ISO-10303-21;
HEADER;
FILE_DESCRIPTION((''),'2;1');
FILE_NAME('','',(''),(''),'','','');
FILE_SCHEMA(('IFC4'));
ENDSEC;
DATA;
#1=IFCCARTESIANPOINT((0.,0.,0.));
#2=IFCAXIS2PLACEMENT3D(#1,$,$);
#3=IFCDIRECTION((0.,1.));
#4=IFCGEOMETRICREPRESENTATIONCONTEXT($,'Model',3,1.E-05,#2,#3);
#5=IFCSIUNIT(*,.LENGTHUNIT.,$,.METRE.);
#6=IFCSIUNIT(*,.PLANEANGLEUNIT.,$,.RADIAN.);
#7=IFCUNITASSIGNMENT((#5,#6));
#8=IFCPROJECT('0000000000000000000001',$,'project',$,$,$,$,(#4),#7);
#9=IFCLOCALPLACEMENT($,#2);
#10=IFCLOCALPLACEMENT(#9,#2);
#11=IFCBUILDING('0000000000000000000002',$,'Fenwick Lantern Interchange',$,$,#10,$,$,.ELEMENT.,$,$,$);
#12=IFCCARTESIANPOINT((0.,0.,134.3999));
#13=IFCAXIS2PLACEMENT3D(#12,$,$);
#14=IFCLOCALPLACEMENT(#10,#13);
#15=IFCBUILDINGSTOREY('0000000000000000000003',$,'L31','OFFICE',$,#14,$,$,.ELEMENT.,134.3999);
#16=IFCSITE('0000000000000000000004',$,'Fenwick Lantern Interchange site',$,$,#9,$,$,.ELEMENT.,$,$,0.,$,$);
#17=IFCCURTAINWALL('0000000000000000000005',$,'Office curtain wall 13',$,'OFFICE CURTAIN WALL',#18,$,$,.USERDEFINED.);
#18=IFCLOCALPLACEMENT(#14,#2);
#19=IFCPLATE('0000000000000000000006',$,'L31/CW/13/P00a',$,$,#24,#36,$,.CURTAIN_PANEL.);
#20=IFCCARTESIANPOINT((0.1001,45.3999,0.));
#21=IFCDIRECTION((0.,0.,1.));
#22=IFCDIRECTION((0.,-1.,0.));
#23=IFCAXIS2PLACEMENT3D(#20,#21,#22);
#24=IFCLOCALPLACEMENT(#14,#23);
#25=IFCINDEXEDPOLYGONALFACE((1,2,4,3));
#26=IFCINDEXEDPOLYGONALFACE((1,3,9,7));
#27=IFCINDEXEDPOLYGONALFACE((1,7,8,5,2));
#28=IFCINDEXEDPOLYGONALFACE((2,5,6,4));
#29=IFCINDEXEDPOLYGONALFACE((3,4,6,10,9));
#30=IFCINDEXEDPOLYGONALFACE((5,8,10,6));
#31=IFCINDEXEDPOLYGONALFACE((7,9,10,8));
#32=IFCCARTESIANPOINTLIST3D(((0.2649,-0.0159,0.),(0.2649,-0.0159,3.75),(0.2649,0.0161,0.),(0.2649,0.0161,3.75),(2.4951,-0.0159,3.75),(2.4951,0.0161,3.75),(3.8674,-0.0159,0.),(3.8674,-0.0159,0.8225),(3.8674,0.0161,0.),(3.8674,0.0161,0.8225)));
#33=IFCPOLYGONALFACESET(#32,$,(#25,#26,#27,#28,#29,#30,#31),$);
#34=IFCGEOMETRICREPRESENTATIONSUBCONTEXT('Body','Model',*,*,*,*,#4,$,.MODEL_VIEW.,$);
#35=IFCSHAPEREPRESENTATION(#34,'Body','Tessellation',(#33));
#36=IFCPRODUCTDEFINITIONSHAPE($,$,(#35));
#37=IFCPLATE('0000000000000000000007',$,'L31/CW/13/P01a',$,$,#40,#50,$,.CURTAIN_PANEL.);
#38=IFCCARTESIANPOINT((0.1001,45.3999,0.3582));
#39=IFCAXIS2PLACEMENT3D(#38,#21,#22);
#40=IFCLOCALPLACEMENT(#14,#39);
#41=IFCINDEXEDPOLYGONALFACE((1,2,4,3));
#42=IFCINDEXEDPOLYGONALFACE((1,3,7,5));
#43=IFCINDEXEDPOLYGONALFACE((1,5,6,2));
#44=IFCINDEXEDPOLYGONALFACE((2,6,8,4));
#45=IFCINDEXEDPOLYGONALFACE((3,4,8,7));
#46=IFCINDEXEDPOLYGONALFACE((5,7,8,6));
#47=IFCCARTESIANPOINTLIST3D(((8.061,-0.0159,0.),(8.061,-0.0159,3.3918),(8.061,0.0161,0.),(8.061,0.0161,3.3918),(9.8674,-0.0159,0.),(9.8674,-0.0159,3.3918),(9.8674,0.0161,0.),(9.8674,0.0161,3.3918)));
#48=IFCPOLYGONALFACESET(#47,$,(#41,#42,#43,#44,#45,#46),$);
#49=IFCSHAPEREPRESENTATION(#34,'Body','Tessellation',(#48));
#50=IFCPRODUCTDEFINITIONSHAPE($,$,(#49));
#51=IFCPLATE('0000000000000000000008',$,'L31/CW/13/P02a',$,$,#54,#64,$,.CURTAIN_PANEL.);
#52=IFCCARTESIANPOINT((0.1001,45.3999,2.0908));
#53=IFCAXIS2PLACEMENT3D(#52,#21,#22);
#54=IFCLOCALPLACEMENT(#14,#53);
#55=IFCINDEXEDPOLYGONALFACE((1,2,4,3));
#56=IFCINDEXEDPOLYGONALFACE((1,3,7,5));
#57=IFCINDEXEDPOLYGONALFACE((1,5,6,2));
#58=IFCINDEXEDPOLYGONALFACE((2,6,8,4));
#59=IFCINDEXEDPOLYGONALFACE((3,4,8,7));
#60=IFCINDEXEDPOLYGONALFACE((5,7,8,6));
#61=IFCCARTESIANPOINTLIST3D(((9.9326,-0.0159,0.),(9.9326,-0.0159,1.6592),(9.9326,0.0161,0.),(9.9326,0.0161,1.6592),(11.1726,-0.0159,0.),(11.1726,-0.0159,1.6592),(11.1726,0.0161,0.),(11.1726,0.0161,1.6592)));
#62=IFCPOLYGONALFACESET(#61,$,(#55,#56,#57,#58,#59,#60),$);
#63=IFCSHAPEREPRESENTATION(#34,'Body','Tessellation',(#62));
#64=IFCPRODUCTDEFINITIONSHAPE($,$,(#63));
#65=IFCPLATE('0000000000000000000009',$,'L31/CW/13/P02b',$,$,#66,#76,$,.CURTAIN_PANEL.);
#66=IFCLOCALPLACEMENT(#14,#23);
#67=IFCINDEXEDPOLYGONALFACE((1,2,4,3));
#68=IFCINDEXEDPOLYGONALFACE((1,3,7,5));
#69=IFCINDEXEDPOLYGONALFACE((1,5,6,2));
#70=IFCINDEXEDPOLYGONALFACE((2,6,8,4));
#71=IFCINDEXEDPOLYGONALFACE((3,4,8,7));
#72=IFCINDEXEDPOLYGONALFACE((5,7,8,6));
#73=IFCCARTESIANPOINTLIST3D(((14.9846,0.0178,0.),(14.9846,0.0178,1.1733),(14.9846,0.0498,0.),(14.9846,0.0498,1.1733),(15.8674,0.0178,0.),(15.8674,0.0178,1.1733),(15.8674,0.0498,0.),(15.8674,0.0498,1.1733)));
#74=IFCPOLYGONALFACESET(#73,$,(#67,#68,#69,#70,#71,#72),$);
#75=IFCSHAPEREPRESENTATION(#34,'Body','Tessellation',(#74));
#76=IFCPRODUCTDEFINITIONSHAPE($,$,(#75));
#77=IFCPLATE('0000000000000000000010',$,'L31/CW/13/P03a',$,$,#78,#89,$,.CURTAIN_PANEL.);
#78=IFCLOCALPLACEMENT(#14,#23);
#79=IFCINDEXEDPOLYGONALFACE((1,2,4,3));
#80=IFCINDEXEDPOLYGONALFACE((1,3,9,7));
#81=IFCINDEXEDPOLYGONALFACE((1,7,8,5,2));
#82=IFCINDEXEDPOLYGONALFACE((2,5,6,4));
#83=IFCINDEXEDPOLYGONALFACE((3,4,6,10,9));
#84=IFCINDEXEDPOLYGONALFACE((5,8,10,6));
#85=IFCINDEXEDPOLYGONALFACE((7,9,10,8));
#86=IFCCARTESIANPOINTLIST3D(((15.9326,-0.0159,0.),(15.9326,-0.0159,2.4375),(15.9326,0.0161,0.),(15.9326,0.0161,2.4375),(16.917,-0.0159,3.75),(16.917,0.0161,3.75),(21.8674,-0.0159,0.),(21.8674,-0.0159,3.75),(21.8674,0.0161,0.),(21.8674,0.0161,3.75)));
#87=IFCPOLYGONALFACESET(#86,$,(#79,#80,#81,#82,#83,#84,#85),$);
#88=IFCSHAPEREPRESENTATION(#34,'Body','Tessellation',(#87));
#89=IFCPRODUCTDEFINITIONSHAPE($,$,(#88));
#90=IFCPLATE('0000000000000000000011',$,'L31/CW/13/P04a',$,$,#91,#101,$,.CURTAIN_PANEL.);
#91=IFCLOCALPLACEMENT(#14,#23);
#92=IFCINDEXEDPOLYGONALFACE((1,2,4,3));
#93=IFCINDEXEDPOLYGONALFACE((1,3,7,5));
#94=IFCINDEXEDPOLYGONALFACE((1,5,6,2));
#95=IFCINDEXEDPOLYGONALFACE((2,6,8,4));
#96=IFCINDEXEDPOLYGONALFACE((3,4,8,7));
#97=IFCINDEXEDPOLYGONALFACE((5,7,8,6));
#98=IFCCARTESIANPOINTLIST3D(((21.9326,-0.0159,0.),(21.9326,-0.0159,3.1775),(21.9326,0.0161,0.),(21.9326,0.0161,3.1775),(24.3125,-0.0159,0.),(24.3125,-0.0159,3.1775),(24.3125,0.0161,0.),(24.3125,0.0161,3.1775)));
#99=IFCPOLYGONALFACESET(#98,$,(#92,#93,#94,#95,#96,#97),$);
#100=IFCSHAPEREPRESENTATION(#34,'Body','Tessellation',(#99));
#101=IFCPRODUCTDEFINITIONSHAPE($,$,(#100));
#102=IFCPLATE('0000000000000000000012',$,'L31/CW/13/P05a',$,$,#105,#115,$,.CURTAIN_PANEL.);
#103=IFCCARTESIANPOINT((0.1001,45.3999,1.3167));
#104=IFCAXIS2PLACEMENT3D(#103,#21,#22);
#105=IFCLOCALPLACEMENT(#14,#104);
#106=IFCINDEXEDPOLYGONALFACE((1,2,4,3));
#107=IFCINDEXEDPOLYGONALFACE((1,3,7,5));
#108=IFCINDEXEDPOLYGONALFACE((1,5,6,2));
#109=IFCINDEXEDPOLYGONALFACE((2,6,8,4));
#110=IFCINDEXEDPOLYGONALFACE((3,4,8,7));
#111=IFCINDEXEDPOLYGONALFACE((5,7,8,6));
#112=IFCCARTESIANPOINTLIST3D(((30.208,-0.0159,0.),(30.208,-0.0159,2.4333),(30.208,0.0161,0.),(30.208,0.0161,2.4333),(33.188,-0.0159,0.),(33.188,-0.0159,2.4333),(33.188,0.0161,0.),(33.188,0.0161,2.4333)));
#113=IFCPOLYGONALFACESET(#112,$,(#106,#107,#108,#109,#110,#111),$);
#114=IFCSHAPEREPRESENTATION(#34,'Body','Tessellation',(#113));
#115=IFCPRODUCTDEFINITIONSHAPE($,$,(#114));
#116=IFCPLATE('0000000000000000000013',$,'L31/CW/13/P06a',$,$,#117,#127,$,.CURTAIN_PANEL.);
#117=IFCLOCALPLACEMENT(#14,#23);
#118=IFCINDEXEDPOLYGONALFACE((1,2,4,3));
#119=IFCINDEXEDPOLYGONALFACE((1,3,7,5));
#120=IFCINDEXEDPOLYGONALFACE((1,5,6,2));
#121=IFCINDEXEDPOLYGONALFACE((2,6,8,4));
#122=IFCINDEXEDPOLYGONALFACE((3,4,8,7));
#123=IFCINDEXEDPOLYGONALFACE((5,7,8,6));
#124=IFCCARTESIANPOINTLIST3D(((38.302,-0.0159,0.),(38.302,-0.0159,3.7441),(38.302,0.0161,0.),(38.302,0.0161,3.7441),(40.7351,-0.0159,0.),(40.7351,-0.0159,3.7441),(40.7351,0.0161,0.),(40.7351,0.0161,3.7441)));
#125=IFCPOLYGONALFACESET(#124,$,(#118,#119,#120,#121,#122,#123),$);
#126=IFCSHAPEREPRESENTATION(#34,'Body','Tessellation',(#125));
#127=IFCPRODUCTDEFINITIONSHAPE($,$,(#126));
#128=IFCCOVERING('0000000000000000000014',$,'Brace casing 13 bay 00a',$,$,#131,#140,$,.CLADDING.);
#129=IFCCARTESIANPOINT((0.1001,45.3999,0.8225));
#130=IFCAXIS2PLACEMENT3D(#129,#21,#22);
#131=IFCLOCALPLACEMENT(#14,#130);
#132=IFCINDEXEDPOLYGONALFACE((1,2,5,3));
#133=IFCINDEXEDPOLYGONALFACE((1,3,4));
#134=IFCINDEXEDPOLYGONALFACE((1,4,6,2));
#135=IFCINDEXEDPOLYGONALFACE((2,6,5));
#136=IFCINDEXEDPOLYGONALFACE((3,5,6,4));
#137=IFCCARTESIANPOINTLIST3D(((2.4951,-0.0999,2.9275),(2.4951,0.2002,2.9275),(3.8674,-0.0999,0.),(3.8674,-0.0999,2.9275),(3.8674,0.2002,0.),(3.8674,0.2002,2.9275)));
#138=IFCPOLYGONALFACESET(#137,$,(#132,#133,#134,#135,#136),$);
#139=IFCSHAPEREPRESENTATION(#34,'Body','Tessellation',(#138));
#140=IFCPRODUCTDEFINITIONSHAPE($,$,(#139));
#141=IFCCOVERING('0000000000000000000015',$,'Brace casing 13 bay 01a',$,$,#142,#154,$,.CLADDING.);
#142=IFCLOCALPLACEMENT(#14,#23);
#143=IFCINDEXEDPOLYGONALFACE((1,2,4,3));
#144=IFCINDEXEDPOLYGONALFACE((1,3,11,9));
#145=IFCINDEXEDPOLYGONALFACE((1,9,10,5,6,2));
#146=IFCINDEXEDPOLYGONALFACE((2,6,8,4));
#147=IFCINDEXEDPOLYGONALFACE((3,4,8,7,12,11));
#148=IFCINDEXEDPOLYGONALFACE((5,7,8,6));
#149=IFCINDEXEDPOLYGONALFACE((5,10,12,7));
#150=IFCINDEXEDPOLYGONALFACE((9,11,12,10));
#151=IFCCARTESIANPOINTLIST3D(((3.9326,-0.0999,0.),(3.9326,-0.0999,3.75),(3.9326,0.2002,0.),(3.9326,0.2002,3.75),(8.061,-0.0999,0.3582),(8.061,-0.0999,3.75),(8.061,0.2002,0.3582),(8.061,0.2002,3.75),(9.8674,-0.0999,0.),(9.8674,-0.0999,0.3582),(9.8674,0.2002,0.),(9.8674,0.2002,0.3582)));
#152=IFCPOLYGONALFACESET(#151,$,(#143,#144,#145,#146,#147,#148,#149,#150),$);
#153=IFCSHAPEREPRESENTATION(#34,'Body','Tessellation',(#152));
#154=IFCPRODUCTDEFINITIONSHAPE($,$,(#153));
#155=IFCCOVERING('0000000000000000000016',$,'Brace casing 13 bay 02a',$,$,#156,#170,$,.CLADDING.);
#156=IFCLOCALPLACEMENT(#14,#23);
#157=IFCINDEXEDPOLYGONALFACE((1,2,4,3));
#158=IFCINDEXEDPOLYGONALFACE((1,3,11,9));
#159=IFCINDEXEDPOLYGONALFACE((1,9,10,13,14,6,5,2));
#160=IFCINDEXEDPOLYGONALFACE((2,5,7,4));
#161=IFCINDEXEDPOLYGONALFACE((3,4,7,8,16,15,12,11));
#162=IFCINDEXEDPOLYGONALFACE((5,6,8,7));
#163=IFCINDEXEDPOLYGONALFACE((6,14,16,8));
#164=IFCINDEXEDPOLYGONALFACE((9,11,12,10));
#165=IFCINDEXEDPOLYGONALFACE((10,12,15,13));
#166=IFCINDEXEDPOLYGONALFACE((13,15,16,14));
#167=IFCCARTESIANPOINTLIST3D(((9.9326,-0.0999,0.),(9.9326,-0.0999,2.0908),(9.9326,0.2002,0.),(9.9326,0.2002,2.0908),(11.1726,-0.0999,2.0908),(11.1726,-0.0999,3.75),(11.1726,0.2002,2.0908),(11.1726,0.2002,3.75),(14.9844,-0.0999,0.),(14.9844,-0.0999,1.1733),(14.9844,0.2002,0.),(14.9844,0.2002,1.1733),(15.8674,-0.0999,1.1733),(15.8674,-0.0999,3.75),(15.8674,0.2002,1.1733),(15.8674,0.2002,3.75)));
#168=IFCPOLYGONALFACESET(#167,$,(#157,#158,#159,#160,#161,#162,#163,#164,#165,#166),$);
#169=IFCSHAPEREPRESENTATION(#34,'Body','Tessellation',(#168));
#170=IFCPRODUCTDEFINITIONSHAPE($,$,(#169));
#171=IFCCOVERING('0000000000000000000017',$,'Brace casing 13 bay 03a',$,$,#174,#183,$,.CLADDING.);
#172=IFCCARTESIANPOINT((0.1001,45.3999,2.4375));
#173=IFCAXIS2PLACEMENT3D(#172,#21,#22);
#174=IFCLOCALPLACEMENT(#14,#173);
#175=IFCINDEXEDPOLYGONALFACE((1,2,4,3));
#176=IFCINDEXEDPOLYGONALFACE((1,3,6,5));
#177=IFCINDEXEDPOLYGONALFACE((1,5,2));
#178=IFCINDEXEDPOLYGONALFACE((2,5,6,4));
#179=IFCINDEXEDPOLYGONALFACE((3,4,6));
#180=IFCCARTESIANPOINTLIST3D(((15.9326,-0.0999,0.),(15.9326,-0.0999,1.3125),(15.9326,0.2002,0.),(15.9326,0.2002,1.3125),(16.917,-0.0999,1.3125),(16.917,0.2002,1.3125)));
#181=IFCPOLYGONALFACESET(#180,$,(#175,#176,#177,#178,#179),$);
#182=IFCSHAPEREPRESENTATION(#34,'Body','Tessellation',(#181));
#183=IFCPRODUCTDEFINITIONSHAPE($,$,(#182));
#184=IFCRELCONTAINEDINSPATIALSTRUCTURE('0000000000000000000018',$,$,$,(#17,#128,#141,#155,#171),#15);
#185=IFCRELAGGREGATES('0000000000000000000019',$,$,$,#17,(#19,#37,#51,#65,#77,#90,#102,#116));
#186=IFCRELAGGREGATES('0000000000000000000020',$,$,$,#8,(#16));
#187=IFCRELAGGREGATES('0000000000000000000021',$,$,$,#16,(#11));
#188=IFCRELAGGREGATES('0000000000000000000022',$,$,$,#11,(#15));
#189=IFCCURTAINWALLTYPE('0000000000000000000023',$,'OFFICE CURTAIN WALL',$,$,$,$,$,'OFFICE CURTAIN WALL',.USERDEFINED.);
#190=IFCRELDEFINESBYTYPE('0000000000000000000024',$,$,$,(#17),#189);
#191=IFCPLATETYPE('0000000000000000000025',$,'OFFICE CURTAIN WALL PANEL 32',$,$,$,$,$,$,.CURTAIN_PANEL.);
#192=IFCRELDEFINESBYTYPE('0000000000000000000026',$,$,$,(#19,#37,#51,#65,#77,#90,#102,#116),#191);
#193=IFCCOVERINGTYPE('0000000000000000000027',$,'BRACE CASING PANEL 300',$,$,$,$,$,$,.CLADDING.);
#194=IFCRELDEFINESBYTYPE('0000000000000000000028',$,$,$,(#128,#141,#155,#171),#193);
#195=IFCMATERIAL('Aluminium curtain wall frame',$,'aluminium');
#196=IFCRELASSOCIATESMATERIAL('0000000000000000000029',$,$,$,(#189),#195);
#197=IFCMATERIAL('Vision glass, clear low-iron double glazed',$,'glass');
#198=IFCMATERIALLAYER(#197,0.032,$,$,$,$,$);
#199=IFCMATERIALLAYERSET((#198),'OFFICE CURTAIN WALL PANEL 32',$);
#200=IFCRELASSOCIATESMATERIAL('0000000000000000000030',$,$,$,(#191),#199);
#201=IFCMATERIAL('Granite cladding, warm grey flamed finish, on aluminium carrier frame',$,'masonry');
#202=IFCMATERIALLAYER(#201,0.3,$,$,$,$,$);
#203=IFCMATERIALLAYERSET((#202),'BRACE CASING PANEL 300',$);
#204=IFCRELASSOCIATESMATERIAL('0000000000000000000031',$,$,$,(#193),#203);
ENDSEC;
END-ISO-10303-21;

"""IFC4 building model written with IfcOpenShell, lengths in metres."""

from ifc_helpers import new_model, si_unit, direction, frame, origin, place, context, subcontext, project, spatial, polyline, outline, extrude, material, layer, layer_set, type_object, element, aggregate, save


model = new_model("IFC4")

# Units and contexts
model_context = context("Model", 3, precision=1e-05, world=origin(), true_north=direction((0.0, 1.0)))
body_context = subcontext(model_context, "Body", "Model", "MODEL_VIEW")
ifc_project = project(units=[si_unit("LENGTHUNIT", "METRE"), si_unit("PLANEANGLEUNIT", "RADIAN")], contexts=[model_context])

# Site, building, storey
site_placement = place(None, origin())
site = spatial("IfcSite", under=ifc_project, at=site_placement, Name="Fenwick Lantern Interchange site", CompositionType="ELEMENT", RefElevation=0.0)
building_placement = place(site_placement, origin())
building = spatial("IfcBuilding", under=site, at=building_placement, Name="Fenwick Lantern Interchange", CompositionType="ELEMENT")
storey_placement = place(building_placement, frame((0.0, 0.0, 134.3999)))
storey = spatial("IfcBuildingStorey", under=building, at=storey_placement, Name="L31", Description="OFFICE", CompositionType="ELEMENT", Elevation=134.3999)

# Shared definitions
ifc_material_1 = material(Name="Aluminium curtain wall frame", Category="aluminium")
curtain_wall_type = type_object("IfcCurtainWallType", Name="OFFICE CURTAIN WALL", ElementType="OFFICE CURTAIN WALL", PredefinedType="USERDEFINED", material=ifc_material_1)

# Curtain wall
curtain_wall_1_placement = place(storey_placement, origin())
curtain_wall_1 = element("IfcCurtainWall", 1, at=curtain_wall_1_placement, inside=storey, type_object=curtain_wall_type, Name="Office curtain wall 13", ObjectType="OFFICE CURTAIN WALL", PredefinedType="USERDEFINED")

# Plates
ifc_material_2 = material(Name="Vision glass, clear low-iron double glazed", Category="glass")
ifc_layer_1 = layer(ifc_material_2, 0.032)
ifc_layer_set_1 = layer_set([ifc_layer_1], Name="OFFICE CURTAIN WALL PANEL 32")
plate_type = type_object("IfcPlateType", Name="OFFICE CURTAIN WALL PANEL 32", PredefinedType="CURTAIN_PANEL", material=ifc_layer_set_1)
plate_1_placement = place(storey_placement, frame((0.1001, 45.3999, 0.0), z_axis=(0.0, 0.0, 1.0), x_axis=(0.0, -1.0, 0.0)))
plate_1 = element("IfcPlate", 2, at=plate_1_placement, type_object=plate_type, Name="L31/CW/13/P00a", PredefinedType="CURTAIN_PANEL", context=body_context, shape_type="SweptSolid", body=[
    extrude(outline(polyline([(0.2649, 0.0), (3.8674, 0.0), (3.8674, 0.8225), (2.4951, 3.75), (0.2649, 3.75), (0.2649, 0.0)])), frame((0.0, 0.0161, 0.0), z_axis=(0.0, -1.0, 0.0), x_axis=(1.0, 0.0, 0.0)), (0.0, 0.0, 1.0), 0.032),
])
plate_2_placement = place(storey_placement, frame((0.1001, 45.3999, 0.3582), z_axis=(0.0, 0.0, 1.0), x_axis=(0.0, -1.0, 0.0)))
plate_2 = element("IfcPlate", 3, at=plate_2_placement, type_object=plate_type, Name="L31/CW/13/P01a", PredefinedType="CURTAIN_PANEL", context=body_context, shape_type="SweptSolid", body=[
    extrude(outline(polyline([(8.061, 0.0), (9.8674, 0.0), (9.8674, 3.3918), (8.061, 3.3918), (8.061, 0.0)])), frame((0.0, 0.0161, 0.0), z_axis=(0.0, -1.0, 0.0), x_axis=(1.0, 0.0, 0.0)), (0.0, 0.0, 1.0), 0.032),
])
plate_3_placement = place(storey_placement, frame((0.1001, 45.3999, 2.0908), z_axis=(0.0, 0.0, 1.0), x_axis=(0.0, -1.0, 0.0)))
plate_3 = element("IfcPlate", 4, at=plate_3_placement, type_object=plate_type, Name="L31/CW/13/P02a", PredefinedType="CURTAIN_PANEL", context=body_context, shape_type="SweptSolid", body=[
    extrude(outline(polyline([(9.9326, 0.0), (11.1726, 0.0), (11.1726, 1.6592), (9.9326, 1.6592), (9.9326, 0.0)])), frame((0.0, 0.0161, 0.0), z_axis=(0.0, -1.0, 0.0), x_axis=(1.0, 0.0, 0.0)), (0.0, 0.0, 1.0), 0.032),
])
plate_4_placement = place(storey_placement, frame((0.1001, 45.3999, 0.0), z_axis=(0.0, 0.0, 1.0), x_axis=(0.0, -1.0, 0.0)))
plate_4 = element("IfcPlate", 5, at=plate_4_placement, type_object=plate_type, Name="L31/CW/13/P02b", PredefinedType="CURTAIN_PANEL", context=body_context, shape_type="SweptSolid", body=[
    extrude(outline(polyline([(14.9846, 0.0), (15.8674, 0.0), (15.8674, 1.1733), (14.9846, 1.1733), (14.9846, 0.0)])), frame((0.0, 0.0498, 0.0), z_axis=(0.0, -1.0, 0.0), x_axis=(1.0, 0.0, 0.0)), (0.0, 0.0, 1.0), 0.032),
])
plate_5_placement = place(storey_placement, frame((0.1001, 45.3999, 0.0), z_axis=(0.0, 0.0, 1.0), x_axis=(0.0, -1.0, 0.0)))
plate_5 = element("IfcPlate", 6, at=plate_5_placement, type_object=plate_type, Name="L31/CW/13/P03a", PredefinedType="CURTAIN_PANEL", context=body_context, shape_type="SweptSolid", body=[
    extrude(outline(polyline([(15.9326, 0.0), (21.8674, 0.0), (21.8674, 3.75), (16.917, 3.75), (15.9326, 2.4375), (15.9326, 0.0)])), frame((0.0, 0.0161, 0.0), z_axis=(0.0, -1.0, 0.0), x_axis=(1.0, 0.0, 0.0)), (0.0, 0.0, 1.0), 0.032),
])
plate_6_placement = place(storey_placement, frame((0.1001, 45.3999, 0.0), z_axis=(0.0, 0.0, 1.0), x_axis=(0.0, -1.0, 0.0)))
plate_6 = element("IfcPlate", 7, at=plate_6_placement, type_object=plate_type, Name="L31/CW/13/P04a", PredefinedType="CURTAIN_PANEL", context=body_context, shape_type="SweptSolid", body=[
    extrude(outline(polyline([(21.9326, 0.0), (24.3125, 0.0), (24.3125, 3.1775), (21.9326, 3.1775), (21.9326, 0.0)])), frame((0.0, 0.0161, 0.0), z_axis=(0.0, -1.0, 0.0), x_axis=(1.0, 0.0, 0.0)), (0.0, 0.0, 1.0), 0.032),
])
plate_7_placement = place(storey_placement, frame((0.1001, 45.3999, 1.3167), z_axis=(0.0, 0.0, 1.0), x_axis=(0.0, -1.0, 0.0)))
plate_7 = element("IfcPlate", 8, at=plate_7_placement, type_object=plate_type, Name="L31/CW/13/P05a", PredefinedType="CURTAIN_PANEL", context=body_context, shape_type="SweptSolid", body=[
    extrude(outline(polyline([(30.208, 0.0), (33.188, 0.0), (33.188, 2.4333), (30.208, 2.4333), (30.208, 0.0)])), frame((0.0, 0.0161, 0.0), z_axis=(0.0, -1.0, 0.0), x_axis=(1.0, 0.0, 0.0)), (0.0, 0.0, 1.0), 0.032),
])
plate_8_placement = place(storey_placement, frame((0.1001, 45.3999, 0.0), z_axis=(0.0, 0.0, 1.0), x_axis=(0.0, -1.0, 0.0)))
plate_8 = element("IfcPlate", 9, at=plate_8_placement, type_object=plate_type, Name="L31/CW/13/P06a", PredefinedType="CURTAIN_PANEL", context=body_context, shape_type="SweptSolid", body=[
    extrude(outline(polyline([(38.302, 0.0), (40.7351, 0.0), (40.7351, 3.7441), (38.302, 3.7441), (38.302, 0.0)])), frame((0.0, 0.0161, 0.0), z_axis=(0.0, -1.0, 0.0), x_axis=(1.0, 0.0, 0.0)), (0.0, 0.0, 1.0), 0.032),
])
aggregate(curtain_wall_1, [plate_1, plate_2, plate_3, plate_4, plate_5, plate_6, plate_7, plate_8])

# Coverings
ifc_material_3 = material(Name="Granite cladding, warm grey flamed finish, on aluminium carrier frame", Category="masonry")
ifc_layer_2 = layer(ifc_material_3, 0.3)
ifc_layer_set_2 = layer_set([ifc_layer_2], Name="BRACE CASING PANEL 300")
covering_type = type_object("IfcCoveringType", Name="BRACE CASING PANEL 300", PredefinedType="CLADDING", material=ifc_layer_set_2)
covering_1_placement = place(storey_placement, frame((0.1001, 45.3999, 0.8225), z_axis=(0.0, 0.0, 1.0), x_axis=(0.0, -1.0, 0.0)))
element("IfcCovering", 10, at=covering_1_placement, inside=storey, type_object=covering_type, Name="Brace casing 13 bay 00a", PredefinedType="CLADDING", context=body_context, shape_type="SweptSolid", body=[
    extrude(outline(polyline([(3.8674, 0.0), (3.8674, 2.9275), (2.4951, 2.9275), (3.8674, 0.0)])), frame((0.0, 0.2002, 0.0), z_axis=(0.0, -1.0, 0.0), x_axis=(1.0, 0.0, 0.0)), (0.0, 0.0, 1.0), 0.3),
])
covering_2_placement = place(storey_placement, frame((0.1001, 45.3999, 0.0), z_axis=(0.0, 0.0, 1.0), x_axis=(0.0, -1.0, 0.0)))
element("IfcCovering", 11, at=covering_2_placement, inside=storey, type_object=covering_type, Name="Brace casing 13 bay 01a", PredefinedType="CLADDING", context=body_context, shape_type="SweptSolid", body=[
    extrude(outline(polyline([(3.9326, 0.0), (9.8674, 0.0), (9.8674, 0.3582), (8.061, 0.3582), (8.061, 3.75), (3.9326, 3.75), (3.9326, 0.0)])), frame((0.0, 0.2002, 0.0), z_axis=(0.0, -1.0, 0.0), x_axis=(1.0, 0.0, 0.0)), (0.0, 0.0, 1.0), 0.3),
])
covering_3_placement = place(storey_placement, frame((0.1001, 45.3999, 0.0), z_axis=(0.0, 0.0, 1.0), x_axis=(0.0, -1.0, 0.0)))
element("IfcCovering", 12, at=covering_3_placement, inside=storey, type_object=covering_type, Name="Brace casing 13 bay 02a", PredefinedType="CLADDING", context=body_context, shape_type="SweptSolid", body=[
    extrude(outline(polyline([(9.9326, 0.0), (14.9844, 0.0), (14.9844, 1.1733), (15.8674, 1.1733), (15.8674, 3.75), (11.1726, 3.75), (11.1726, 2.0908), (9.9326, 2.0908), (9.9326, 0.0)])), frame((0.0, 0.2002, 0.0), z_axis=(0.0, -1.0, 0.0), x_axis=(1.0, 0.0, 0.0)), (0.0, 0.0, 1.0), 0.3),
])
covering_4_placement = place(storey_placement, frame((0.1001, 45.3999, 2.4375), z_axis=(0.0, 0.0, 1.0), x_axis=(0.0, -1.0, 0.0)))
element("IfcCovering", 13, at=covering_4_placement, inside=storey, type_object=covering_type, Name="Brace casing 13 bay 03a", PredefinedType="CLADDING", context=body_context, shape_type="SweptSolid", body=[
    extrude(outline(polyline([(15.9326, 0.0), (16.917, 1.3125), (15.9326, 1.3125), (15.9326, 0.0)])), frame((0.0, 0.2002, 0.0), z_axis=(0.0, -1.0, 0.0), x_axis=(1.0, 0.0, 0.0)), (0.0, 0.0, 1.0), 0.3),
])

save(model, "model.ifc")
